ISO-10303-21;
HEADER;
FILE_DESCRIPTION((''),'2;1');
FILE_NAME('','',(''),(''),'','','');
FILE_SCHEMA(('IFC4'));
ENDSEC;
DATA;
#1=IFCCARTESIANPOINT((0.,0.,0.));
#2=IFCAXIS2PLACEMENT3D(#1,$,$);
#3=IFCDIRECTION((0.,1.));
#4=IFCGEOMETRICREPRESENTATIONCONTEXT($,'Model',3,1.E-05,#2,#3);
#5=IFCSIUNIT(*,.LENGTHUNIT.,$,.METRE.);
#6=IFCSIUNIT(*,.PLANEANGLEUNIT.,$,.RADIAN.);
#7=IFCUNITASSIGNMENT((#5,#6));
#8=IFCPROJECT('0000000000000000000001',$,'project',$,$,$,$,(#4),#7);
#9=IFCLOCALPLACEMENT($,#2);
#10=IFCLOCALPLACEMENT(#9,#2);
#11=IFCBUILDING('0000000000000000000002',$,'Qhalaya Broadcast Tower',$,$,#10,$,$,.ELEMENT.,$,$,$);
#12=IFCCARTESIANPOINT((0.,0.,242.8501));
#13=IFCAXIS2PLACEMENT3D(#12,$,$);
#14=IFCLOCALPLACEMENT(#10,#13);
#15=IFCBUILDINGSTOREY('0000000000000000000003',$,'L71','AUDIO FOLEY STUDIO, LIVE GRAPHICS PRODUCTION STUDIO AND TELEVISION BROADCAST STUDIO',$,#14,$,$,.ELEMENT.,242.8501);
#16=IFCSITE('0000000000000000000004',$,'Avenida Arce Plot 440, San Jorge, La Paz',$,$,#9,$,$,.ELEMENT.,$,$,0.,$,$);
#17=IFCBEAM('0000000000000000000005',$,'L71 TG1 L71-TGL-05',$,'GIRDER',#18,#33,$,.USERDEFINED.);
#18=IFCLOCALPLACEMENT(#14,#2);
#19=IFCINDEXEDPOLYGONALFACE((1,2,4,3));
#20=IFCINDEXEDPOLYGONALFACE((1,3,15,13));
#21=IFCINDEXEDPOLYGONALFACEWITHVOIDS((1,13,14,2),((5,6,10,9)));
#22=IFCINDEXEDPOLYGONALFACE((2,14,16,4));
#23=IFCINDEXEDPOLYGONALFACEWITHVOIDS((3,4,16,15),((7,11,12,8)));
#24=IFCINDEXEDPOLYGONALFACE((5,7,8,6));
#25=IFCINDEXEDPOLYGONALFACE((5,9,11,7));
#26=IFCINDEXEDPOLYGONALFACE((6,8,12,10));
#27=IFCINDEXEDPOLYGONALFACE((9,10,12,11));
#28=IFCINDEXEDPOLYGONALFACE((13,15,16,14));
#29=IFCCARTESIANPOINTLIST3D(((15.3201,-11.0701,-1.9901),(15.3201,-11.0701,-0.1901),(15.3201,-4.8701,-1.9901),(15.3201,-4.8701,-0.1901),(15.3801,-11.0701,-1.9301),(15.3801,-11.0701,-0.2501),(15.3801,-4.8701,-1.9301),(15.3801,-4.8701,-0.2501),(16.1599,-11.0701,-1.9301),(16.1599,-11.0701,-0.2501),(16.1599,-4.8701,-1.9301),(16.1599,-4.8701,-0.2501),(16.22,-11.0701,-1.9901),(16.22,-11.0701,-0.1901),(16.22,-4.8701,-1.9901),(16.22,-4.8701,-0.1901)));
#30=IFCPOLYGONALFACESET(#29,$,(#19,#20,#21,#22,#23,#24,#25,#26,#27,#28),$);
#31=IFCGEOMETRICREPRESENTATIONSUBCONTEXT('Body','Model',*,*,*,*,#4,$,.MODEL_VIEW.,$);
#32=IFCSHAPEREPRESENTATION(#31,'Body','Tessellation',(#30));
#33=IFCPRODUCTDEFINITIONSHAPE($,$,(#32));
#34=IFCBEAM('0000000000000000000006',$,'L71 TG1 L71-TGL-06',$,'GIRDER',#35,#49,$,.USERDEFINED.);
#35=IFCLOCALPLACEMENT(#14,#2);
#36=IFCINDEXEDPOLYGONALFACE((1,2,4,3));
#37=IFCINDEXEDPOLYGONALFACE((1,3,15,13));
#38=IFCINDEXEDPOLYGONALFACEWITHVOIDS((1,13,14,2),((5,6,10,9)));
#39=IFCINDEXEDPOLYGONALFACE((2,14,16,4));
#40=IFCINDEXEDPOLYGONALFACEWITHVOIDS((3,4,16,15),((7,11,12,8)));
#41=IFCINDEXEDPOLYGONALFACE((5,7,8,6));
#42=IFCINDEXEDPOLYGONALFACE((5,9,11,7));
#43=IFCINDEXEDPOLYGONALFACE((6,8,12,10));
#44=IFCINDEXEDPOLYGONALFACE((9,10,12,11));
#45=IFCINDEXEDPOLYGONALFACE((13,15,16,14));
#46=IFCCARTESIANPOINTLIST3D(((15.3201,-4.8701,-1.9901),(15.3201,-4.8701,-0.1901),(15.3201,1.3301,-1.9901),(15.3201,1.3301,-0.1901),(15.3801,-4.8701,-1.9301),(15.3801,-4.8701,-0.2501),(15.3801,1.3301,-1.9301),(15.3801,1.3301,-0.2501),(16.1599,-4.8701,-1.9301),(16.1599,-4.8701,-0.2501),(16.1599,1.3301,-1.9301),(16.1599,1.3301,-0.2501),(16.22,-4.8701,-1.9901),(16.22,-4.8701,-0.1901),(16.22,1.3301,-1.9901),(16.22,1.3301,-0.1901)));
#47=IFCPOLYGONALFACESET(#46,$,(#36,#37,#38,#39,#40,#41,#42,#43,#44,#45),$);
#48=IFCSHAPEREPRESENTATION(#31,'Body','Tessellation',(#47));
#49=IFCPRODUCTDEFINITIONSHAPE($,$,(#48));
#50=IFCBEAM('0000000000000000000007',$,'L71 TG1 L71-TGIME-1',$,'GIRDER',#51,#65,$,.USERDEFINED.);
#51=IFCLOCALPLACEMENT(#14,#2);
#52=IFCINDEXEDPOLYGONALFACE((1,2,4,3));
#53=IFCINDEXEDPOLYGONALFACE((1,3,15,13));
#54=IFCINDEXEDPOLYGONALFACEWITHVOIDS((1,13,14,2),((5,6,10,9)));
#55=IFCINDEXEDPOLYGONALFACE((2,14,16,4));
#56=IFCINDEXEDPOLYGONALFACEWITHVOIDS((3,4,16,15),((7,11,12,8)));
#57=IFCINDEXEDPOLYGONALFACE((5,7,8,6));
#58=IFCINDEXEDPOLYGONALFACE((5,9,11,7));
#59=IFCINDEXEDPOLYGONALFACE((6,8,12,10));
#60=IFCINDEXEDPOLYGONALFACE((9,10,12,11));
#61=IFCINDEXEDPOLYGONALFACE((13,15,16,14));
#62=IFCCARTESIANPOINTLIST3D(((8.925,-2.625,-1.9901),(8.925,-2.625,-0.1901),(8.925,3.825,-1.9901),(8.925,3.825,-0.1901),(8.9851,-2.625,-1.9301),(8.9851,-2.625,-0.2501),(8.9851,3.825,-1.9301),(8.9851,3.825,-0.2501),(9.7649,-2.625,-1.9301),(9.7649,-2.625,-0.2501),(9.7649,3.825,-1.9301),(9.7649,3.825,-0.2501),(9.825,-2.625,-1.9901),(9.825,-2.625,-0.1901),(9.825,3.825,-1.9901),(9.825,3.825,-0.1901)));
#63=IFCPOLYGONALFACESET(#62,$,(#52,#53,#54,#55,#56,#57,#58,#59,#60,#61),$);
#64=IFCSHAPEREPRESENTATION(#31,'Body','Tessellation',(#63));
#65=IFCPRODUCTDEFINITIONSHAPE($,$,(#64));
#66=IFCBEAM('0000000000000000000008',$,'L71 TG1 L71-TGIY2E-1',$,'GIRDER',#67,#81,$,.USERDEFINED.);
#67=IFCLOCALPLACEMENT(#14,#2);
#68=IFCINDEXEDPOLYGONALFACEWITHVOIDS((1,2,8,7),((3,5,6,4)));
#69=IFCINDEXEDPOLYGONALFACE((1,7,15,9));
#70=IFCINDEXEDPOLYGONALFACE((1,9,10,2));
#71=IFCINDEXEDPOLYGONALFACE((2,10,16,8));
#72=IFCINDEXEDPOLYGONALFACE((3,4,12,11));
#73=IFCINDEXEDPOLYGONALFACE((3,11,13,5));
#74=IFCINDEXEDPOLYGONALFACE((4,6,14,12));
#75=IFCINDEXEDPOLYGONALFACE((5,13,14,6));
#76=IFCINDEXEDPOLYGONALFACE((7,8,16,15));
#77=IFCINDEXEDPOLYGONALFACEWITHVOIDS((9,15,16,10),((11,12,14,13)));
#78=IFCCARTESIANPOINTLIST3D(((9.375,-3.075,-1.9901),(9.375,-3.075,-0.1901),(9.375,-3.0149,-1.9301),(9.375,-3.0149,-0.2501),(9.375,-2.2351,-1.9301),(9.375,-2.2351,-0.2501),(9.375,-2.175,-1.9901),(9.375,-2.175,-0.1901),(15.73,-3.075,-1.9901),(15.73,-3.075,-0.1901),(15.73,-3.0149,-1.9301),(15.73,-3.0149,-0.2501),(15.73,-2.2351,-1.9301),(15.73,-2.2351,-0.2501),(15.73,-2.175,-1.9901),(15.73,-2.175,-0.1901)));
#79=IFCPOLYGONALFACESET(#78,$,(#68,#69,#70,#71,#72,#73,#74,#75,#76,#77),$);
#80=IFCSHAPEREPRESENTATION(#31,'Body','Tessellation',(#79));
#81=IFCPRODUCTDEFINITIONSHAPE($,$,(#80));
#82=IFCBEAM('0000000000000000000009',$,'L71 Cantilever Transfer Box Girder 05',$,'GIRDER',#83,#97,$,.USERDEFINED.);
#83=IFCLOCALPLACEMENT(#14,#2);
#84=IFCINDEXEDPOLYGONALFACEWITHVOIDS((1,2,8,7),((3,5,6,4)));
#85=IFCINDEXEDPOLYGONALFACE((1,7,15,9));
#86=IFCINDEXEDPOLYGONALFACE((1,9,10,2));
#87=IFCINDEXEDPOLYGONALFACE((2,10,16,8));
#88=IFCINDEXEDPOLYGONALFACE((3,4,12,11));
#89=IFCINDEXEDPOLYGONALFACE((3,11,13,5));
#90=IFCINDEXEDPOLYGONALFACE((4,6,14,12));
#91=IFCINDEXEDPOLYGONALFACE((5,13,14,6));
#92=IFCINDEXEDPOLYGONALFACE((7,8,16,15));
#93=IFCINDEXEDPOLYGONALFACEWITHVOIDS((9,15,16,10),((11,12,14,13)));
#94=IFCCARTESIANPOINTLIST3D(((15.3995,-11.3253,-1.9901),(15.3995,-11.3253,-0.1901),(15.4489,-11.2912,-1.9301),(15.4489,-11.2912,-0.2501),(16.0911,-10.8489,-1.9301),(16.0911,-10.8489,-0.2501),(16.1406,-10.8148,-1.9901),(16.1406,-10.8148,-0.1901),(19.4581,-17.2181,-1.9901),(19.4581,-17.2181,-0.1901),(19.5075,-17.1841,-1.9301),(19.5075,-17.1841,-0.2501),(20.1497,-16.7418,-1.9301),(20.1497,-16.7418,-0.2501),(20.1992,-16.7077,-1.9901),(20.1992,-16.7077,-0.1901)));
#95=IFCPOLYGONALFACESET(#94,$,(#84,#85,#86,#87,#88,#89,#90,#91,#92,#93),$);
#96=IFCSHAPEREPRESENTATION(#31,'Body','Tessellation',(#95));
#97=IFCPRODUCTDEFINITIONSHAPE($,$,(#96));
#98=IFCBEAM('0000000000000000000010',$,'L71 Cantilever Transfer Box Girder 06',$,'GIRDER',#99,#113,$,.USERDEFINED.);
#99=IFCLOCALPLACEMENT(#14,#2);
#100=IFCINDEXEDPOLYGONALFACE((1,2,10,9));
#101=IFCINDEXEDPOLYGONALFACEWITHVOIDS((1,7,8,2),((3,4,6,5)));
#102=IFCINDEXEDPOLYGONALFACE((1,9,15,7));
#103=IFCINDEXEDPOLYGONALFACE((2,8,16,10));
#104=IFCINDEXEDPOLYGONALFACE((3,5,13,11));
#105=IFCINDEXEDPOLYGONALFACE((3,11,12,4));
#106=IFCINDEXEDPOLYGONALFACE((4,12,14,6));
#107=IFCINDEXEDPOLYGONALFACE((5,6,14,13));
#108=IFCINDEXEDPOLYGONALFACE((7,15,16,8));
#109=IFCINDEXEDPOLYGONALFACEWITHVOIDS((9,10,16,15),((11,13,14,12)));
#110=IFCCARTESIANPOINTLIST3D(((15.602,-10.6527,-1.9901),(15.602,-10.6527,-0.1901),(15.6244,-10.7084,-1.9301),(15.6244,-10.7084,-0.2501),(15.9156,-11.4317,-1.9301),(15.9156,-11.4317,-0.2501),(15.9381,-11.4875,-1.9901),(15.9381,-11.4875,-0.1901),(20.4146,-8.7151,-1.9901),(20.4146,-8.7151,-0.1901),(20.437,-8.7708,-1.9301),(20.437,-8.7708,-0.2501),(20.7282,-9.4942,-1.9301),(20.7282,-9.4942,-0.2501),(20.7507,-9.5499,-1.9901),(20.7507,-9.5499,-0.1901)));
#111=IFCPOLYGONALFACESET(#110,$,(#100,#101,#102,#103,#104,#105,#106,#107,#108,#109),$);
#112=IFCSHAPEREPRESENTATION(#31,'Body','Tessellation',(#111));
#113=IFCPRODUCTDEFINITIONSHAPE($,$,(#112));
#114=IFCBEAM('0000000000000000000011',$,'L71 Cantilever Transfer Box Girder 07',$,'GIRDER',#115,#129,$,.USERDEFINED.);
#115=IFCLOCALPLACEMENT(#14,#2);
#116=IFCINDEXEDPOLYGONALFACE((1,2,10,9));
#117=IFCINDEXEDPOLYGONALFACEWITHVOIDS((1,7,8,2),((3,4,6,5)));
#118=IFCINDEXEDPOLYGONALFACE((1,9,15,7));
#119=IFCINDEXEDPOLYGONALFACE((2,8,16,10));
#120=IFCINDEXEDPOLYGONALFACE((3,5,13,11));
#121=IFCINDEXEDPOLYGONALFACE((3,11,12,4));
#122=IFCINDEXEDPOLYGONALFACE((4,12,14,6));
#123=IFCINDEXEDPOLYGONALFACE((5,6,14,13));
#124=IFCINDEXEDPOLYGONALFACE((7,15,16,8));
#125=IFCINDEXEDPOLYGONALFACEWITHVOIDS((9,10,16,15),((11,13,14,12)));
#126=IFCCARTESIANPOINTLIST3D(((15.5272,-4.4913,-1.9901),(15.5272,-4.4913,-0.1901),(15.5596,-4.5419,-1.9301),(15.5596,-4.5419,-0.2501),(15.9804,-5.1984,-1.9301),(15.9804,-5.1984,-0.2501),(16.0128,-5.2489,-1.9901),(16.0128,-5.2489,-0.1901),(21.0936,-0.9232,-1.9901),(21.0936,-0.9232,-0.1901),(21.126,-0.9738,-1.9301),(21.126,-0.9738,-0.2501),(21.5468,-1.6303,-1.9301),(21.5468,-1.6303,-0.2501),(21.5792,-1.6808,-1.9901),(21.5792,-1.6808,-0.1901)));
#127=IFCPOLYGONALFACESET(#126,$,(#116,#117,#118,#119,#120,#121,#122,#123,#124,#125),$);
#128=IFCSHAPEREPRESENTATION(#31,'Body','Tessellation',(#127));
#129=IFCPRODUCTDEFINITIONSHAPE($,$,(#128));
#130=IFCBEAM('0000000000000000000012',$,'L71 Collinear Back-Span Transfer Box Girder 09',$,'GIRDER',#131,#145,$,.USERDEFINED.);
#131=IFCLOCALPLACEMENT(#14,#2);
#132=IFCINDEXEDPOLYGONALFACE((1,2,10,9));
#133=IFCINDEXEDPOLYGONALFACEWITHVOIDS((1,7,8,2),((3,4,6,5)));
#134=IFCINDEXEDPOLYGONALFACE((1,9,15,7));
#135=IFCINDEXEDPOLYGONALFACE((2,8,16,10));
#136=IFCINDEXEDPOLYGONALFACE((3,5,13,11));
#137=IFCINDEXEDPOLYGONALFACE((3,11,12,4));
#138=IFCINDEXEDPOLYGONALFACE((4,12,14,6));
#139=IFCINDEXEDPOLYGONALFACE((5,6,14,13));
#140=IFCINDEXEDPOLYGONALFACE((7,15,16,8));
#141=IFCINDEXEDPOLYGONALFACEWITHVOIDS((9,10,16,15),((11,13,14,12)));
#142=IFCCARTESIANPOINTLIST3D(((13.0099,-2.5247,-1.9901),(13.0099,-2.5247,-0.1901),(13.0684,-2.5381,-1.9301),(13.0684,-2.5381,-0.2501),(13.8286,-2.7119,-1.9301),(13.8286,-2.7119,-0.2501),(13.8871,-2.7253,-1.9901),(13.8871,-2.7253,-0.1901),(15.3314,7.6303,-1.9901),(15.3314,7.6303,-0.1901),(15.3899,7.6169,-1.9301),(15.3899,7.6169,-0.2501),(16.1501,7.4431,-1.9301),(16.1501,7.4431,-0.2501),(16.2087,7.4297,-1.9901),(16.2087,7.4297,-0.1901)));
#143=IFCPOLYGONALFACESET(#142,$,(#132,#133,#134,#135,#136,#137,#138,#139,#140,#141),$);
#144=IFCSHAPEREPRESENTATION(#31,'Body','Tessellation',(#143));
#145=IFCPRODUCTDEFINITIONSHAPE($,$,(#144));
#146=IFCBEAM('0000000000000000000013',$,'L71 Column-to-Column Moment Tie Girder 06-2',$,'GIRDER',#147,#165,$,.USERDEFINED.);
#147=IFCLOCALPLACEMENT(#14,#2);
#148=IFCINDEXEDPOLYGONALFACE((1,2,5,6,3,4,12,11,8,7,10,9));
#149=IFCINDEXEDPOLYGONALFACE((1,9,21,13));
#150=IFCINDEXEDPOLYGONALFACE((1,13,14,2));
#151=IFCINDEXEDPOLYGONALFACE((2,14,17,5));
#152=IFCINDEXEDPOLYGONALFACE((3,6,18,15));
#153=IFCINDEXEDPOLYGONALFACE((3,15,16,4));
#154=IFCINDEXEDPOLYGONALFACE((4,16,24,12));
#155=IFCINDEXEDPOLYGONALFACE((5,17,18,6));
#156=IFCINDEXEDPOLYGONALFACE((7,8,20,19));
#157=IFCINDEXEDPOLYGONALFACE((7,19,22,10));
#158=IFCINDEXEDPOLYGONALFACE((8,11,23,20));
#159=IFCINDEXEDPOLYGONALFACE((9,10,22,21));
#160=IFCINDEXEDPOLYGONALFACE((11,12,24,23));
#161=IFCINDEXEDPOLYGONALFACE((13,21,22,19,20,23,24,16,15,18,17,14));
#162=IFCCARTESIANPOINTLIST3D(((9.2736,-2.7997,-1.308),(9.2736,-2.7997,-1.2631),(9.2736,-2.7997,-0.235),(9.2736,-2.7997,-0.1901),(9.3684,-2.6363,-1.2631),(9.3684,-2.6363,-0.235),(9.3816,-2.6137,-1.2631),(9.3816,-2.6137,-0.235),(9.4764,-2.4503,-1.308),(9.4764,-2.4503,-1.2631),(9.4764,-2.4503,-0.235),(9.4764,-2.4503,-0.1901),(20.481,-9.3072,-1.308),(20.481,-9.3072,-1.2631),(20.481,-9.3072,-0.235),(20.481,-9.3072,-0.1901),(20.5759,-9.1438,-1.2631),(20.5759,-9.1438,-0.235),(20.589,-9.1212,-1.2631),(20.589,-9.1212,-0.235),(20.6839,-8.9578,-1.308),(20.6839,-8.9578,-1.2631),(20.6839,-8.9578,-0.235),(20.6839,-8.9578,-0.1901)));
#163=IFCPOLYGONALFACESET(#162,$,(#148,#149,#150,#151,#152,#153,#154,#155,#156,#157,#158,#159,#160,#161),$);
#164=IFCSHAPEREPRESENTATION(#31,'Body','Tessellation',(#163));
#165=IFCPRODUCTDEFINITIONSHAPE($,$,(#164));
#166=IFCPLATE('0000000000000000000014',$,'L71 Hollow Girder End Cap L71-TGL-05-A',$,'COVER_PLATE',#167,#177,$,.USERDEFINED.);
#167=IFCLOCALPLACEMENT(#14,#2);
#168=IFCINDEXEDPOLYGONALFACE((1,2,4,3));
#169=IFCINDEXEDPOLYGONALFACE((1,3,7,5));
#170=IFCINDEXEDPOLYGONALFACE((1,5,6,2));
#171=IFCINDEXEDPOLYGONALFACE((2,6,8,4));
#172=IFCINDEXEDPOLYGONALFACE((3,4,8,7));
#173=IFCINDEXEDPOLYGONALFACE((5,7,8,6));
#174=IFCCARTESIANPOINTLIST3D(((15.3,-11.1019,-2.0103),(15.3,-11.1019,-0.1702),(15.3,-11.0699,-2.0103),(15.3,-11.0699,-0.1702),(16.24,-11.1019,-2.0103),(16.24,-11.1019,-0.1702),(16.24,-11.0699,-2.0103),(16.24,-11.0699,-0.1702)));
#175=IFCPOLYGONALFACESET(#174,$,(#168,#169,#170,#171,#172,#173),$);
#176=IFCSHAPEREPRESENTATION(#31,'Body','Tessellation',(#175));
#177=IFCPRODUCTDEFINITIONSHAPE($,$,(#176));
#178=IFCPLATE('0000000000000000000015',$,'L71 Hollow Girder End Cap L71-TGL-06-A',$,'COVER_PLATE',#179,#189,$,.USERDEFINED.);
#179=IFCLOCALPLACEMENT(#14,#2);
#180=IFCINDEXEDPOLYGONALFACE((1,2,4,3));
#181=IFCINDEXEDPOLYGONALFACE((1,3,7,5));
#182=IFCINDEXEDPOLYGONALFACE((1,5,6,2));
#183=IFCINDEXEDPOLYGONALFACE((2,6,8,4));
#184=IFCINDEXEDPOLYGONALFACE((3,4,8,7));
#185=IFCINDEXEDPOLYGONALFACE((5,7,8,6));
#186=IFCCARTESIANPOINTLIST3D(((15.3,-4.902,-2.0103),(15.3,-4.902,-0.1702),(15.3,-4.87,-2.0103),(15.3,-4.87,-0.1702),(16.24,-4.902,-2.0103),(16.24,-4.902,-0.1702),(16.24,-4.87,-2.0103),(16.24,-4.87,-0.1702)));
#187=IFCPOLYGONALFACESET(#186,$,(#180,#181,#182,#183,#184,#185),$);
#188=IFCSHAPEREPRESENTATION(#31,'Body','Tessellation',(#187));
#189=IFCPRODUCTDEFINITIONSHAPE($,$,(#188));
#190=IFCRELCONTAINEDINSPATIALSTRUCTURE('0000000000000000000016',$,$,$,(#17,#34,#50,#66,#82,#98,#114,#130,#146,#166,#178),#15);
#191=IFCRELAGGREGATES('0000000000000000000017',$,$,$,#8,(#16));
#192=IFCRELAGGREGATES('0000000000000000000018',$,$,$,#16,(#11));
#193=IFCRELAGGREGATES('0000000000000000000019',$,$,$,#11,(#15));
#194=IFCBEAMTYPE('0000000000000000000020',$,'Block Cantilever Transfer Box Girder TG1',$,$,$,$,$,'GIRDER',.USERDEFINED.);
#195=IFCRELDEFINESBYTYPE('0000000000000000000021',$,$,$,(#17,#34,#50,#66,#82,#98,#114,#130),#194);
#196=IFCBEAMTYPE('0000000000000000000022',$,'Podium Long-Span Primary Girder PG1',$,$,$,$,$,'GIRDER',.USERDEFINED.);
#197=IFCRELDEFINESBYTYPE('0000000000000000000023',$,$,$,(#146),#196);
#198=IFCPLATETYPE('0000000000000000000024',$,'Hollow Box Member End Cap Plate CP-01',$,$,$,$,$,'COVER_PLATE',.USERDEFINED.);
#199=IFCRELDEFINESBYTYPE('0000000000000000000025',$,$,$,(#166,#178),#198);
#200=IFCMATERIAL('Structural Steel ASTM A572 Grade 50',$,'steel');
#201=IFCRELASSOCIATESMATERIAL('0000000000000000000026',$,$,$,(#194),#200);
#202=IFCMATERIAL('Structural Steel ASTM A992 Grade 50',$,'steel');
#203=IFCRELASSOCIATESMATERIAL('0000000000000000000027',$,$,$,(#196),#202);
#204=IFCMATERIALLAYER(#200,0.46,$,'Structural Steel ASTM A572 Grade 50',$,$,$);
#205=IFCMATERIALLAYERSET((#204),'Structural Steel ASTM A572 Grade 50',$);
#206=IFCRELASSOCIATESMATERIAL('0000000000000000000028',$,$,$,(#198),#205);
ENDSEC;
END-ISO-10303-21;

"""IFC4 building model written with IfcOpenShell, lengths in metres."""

from ifc_helpers import new_model, si_unit, direction, frame, origin, origin_2d, place, context, subcontext, project, spatial, rectangle, hollow_rectangle, i_section, extrude, material, layer, layer_set, material_profile, profile_set, type_object, element, save


model = new_model("IFC4")

# Units and contexts
model_context = context("Model", 3, precision=1e-05, world=origin(), true_north=direction((0.0, 1.0)))
body_context = subcontext(model_context, "Body", "Model", "MODEL_VIEW")
ifc_project = project(units=[si_unit("LENGTHUNIT", "METRE"), si_unit("PLANEANGLEUNIT", "RADIAN")], contexts=[model_context])

# Site, building, storey
site_placement = place(None, origin())
site = spatial("IfcSite", under=ifc_project, at=site_placement, Name="Avenida Arce Plot 440, San Jorge, La Paz", CompositionType="ELEMENT", RefElevation=0.0)
building_placement = place(site_placement, origin())
building = spatial("IfcBuilding", under=site, at=building_placement, Name="Qhalaya Broadcast Tower", CompositionType="ELEMENT")
storey_placement = place(building_placement, frame((0.0, 0.0, 242.8501)))
storey = spatial("IfcBuildingStorey", under=building, at=storey_placement, Name="L71", Description="AUDIO FOLEY STUDIO, LIVE GRAPHICS PRODUCTION STUDIO AND TELEVISION BROADCAST STUDIO", CompositionType="ELEMENT", Elevation=242.8501)

# Beams
ifc_material_1 = material(Name="Structural Steel ASTM A572 Grade 50", Category="steel")
ifc_material_profile_1 = material_profile(ifc_material_1, hollow_rectangle(XDim=0.8999, YDim=1.8, WallThickness=0.0601, at=origin_2d()), Name="BOX 900x1800x60")
ifc_profile_set_1 = profile_set([ifc_material_profile_1], Name="Structural Steel ASTM A572 Grade 50")
beam_type_1 = type_object("IfcBeamType", Name="Block Cantilever Transfer Box Girder TG1", ElementType="GIRDER", PredefinedType="USERDEFINED", material=ifc_profile_set_1)
beam_1_placement = place(storey_placement, frame((15.77, -11.0701, -1.0901), z_axis=(0.0, 1.0, 0.0), x_axis=(-1.0, 0.0, 0.0)))
element("IfcBeam", 1, at=beam_1_placement, inside=storey, type_object=beam_type_1, Name="L71 TG1 L71-TGL-05", ObjectType="GIRDER", PredefinedType="USERDEFINED", context=body_context, shape_type="SweptSolid", body=[
    extrude(hollow_rectangle(XDim=0.8999, YDim=1.8, WallThickness=0.0601, at=origin_2d()), origin(), (0.0, 0.0, 1.0), 6.2),
])
beam_2_placement = place(storey_placement, frame((15.77, -4.8701, -1.0901), z_axis=(0.0, 1.0, 0.0), x_axis=(-1.0, 0.0, 0.0)))
element("IfcBeam", 2, at=beam_2_placement, inside=storey, type_object=beam_type_1, Name="L71 TG1 L71-TGL-06", ObjectType="GIRDER", PredefinedType="USERDEFINED", context=body_context, shape_type="SweptSolid", body=[
    extrude(hollow_rectangle(XDim=0.8999, YDim=1.8, WallThickness=0.0601, at=origin_2d()), origin(), (0.0, 0.0, 1.0), 6.2002),
])
beam_3_placement = place(storey_placement, frame((9.375, -2.625, -1.0901), z_axis=(0.0, 1.0, 0.0), x_axis=(-1.0, 0.0, 0.0)))
element("IfcBeam", 3, at=beam_3_placement, inside=storey, type_object=beam_type_1, Name="L71 TG1 L71-TGIME-1", ObjectType="GIRDER", PredefinedType="USERDEFINED", context=body_context, shape_type="SweptSolid", body=[
    extrude(hollow_rectangle(XDim=0.8999, YDim=1.8, WallThickness=0.0601, at=origin_2d()), origin(), (0.0, 0.0, 1.0), 6.45),
])
beam_4_placement = place(storey_placement, frame((9.375, -2.625, -1.0901), z_axis=(1.0, 0.0, 0.0), x_axis=(0.0, 1.0, 0.0)))
element("IfcBeam", 4, at=beam_4_placement, inside=storey, type_object=beam_type_1, Name="L71 TG1 L71-TGIY2E-1", ObjectType="GIRDER", PredefinedType="USERDEFINED", context=body_context, shape_type="SweptSolid", body=[
    extrude(hollow_rectangle(XDim=0.8999, YDim=1.8, WallThickness=0.0601, at=origin_2d()), origin(), (0.0, 0.0, 1.0), 6.355),
])
beam_5_placement = place(storey_placement, frame((15.77, -11.0701, -1.0901), z_axis=(0.567219, -0.823567, 0.0), x_axis=(0.823567, 0.567219, 0.0)))
element("IfcBeam", 5, at=beam_5_placement, inside=storey, type_object=beam_type_1, Name="L71 Cantilever Transfer Box Girder 05", ObjectType="GIRDER", PredefinedType="USERDEFINED", context=body_context, shape_type="SweptSolid", body=[
    extrude(hollow_rectangle(XDim=0.8999, YDim=1.8, WallThickness=0.0601, at=origin_2d()), origin(), (0.0, 0.0, 1.0), 7.1553),
])
beam_6_placement = place(storey_placement, frame((15.77, -11.0701, -1.0901), z_axis=(0.927644, 0.373467, 0.0), x_axis=(-0.373467, 0.927644, 0.0)))
element("IfcBeam", 6, at=beam_6_placement, inside=storey, type_object=beam_type_1, Name="L71 Cantilever Transfer Box Girder 06", ObjectType="GIRDER", PredefinedType="USERDEFINED", context=body_context, shape_type="SweptSolid", body=[
    extrude(hollow_rectangle(XDim=0.8999, YDim=1.8, WallThickness=0.0601, at=origin_2d()), origin(), (0.0, 0.0, 1.0), 5.188),
])
beam_7_placement = place(storey_placement, frame((15.77, -4.8701, -1.0901), z_axis=(0.841886, 0.539656, 0.0), x_axis=(-0.539656, 0.841886, 0.0)))
element("IfcBeam", 7, at=beam_7_placement, inside=storey, type_object=beam_type_1, Name="L71 Cantilever Transfer Box Girder 07", ObjectType="GIRDER", PredefinedType="USERDEFINED", context=body_context, shape_type="SweptSolid", body=[
    extrude(hollow_rectangle(XDim=0.8999, YDim=1.8, WallThickness=0.0601, at=origin_2d()), origin(), (0.0, 0.0, 1.0), 6.6118),
])
beam_8_placement = place(storey_placement, frame((13.4485, -2.625, -1.0901), z_axis=(0.22286, 0.974851, 0.0), x_axis=(-0.974851, 0.22286, 0.0)))
element("IfcBeam", 8, at=beam_8_placement, inside=storey, type_object=beam_type_1, Name="L71 Collinear Back-Span Transfer Box Girder 09", ObjectType="GIRDER", PredefinedType="USERDEFINED", context=body_context, shape_type="SweptSolid", body=[
    extrude(hollow_rectangle(XDim=0.8999, YDim=1.8, WallThickness=0.0601, at=origin_2d()), origin(), (0.0, 0.0, 1.0), 10.417),
])
ifc_material_2 = material(Name="Structural Steel ASTM A992 Grade 50", Category="steel")
ifc_material_profile_2 = material_profile(ifc_material_2, i_section(OverallWidth=0.4041, OverallDepth=1.1179, WebThickness=0.0261, FlangeThickness=0.0449, at=origin_2d()), Name="W44X335")
ifc_profile_set_2 = profile_set([ifc_material_profile_2], Name="Structural Steel ASTM A992 Grade 50")
beam_type_2 = type_object("IfcBeamType", Name="Podium Long-Span Primary Girder PG1", ElementType="GIRDER", PredefinedType="USERDEFINED", material=ifc_profile_set_2)
beam_9_placement = place(storey_placement, frame((9.375, -2.625, -0.749), z_axis=(0.86479, -0.502134, 0.0), x_axis=(0.502134, 0.86479, 0.0)))
element("IfcBeam", 9, at=beam_9_placement, inside=storey, type_object=beam_type_2, Name="L71 Column-to-Column Moment Tie Girder 06-2", ObjectType="GIRDER", PredefinedType="USERDEFINED", context=body_context, shape_type="SweptSolid", body=[
    extrude(i_section(OverallWidth=0.4041, OverallDepth=1.1179, WebThickness=0.0261, FlangeThickness=0.0449, at=origin_2d()), origin(), (0.0, 0.0, 1.0), 12.9597),
])

# Plates
ifc_layer_1 = layer(ifc_material_1, 0.46, Name="Structural Steel ASTM A572 Grade 50")
ifc_layer_set_1 = layer_set([ifc_layer_1], Name="Structural Steel ASTM A572 Grade 50")
plate_type = type_object("IfcPlateType", Name="Hollow Box Member End Cap Plate CP-01", ElementType="COVER_PLATE", PredefinedType="USERDEFINED", material=ifc_layer_set_1)
for number, where, z_axis, x_axis, name in (
    (10, (15.77, -11.0859, -2.0103), (0.0, 0.0, 1.0), (-1.0, 0.0, 0.0), "L71 Hollow Girder End Cap L71-TGL-05-A"),
    (11, (15.77, -4.886, -2.0103), (0.0, 0.0, 1.0), (-1.0, 0.0, 0.0), "L71 Hollow Girder End Cap L71-TGL-06-A"),
):
    element("IfcPlate", number, at=place(storey_placement, frame(where, z_axis=z_axis, x_axis=x_axis)), inside=storey, type_object=plate_type, Name=name, ObjectType="COVER_PLATE", PredefinedType="USERDEFINED", context=body_context, shape_type="SweptSolid", body=[
        extrude(rectangle(XDim=0.9399, YDim=0.032, at=origin_2d()), origin(), (0.0, 0.0, 1.0), 1.8401),
    ])

save(model, "model.ifc")
